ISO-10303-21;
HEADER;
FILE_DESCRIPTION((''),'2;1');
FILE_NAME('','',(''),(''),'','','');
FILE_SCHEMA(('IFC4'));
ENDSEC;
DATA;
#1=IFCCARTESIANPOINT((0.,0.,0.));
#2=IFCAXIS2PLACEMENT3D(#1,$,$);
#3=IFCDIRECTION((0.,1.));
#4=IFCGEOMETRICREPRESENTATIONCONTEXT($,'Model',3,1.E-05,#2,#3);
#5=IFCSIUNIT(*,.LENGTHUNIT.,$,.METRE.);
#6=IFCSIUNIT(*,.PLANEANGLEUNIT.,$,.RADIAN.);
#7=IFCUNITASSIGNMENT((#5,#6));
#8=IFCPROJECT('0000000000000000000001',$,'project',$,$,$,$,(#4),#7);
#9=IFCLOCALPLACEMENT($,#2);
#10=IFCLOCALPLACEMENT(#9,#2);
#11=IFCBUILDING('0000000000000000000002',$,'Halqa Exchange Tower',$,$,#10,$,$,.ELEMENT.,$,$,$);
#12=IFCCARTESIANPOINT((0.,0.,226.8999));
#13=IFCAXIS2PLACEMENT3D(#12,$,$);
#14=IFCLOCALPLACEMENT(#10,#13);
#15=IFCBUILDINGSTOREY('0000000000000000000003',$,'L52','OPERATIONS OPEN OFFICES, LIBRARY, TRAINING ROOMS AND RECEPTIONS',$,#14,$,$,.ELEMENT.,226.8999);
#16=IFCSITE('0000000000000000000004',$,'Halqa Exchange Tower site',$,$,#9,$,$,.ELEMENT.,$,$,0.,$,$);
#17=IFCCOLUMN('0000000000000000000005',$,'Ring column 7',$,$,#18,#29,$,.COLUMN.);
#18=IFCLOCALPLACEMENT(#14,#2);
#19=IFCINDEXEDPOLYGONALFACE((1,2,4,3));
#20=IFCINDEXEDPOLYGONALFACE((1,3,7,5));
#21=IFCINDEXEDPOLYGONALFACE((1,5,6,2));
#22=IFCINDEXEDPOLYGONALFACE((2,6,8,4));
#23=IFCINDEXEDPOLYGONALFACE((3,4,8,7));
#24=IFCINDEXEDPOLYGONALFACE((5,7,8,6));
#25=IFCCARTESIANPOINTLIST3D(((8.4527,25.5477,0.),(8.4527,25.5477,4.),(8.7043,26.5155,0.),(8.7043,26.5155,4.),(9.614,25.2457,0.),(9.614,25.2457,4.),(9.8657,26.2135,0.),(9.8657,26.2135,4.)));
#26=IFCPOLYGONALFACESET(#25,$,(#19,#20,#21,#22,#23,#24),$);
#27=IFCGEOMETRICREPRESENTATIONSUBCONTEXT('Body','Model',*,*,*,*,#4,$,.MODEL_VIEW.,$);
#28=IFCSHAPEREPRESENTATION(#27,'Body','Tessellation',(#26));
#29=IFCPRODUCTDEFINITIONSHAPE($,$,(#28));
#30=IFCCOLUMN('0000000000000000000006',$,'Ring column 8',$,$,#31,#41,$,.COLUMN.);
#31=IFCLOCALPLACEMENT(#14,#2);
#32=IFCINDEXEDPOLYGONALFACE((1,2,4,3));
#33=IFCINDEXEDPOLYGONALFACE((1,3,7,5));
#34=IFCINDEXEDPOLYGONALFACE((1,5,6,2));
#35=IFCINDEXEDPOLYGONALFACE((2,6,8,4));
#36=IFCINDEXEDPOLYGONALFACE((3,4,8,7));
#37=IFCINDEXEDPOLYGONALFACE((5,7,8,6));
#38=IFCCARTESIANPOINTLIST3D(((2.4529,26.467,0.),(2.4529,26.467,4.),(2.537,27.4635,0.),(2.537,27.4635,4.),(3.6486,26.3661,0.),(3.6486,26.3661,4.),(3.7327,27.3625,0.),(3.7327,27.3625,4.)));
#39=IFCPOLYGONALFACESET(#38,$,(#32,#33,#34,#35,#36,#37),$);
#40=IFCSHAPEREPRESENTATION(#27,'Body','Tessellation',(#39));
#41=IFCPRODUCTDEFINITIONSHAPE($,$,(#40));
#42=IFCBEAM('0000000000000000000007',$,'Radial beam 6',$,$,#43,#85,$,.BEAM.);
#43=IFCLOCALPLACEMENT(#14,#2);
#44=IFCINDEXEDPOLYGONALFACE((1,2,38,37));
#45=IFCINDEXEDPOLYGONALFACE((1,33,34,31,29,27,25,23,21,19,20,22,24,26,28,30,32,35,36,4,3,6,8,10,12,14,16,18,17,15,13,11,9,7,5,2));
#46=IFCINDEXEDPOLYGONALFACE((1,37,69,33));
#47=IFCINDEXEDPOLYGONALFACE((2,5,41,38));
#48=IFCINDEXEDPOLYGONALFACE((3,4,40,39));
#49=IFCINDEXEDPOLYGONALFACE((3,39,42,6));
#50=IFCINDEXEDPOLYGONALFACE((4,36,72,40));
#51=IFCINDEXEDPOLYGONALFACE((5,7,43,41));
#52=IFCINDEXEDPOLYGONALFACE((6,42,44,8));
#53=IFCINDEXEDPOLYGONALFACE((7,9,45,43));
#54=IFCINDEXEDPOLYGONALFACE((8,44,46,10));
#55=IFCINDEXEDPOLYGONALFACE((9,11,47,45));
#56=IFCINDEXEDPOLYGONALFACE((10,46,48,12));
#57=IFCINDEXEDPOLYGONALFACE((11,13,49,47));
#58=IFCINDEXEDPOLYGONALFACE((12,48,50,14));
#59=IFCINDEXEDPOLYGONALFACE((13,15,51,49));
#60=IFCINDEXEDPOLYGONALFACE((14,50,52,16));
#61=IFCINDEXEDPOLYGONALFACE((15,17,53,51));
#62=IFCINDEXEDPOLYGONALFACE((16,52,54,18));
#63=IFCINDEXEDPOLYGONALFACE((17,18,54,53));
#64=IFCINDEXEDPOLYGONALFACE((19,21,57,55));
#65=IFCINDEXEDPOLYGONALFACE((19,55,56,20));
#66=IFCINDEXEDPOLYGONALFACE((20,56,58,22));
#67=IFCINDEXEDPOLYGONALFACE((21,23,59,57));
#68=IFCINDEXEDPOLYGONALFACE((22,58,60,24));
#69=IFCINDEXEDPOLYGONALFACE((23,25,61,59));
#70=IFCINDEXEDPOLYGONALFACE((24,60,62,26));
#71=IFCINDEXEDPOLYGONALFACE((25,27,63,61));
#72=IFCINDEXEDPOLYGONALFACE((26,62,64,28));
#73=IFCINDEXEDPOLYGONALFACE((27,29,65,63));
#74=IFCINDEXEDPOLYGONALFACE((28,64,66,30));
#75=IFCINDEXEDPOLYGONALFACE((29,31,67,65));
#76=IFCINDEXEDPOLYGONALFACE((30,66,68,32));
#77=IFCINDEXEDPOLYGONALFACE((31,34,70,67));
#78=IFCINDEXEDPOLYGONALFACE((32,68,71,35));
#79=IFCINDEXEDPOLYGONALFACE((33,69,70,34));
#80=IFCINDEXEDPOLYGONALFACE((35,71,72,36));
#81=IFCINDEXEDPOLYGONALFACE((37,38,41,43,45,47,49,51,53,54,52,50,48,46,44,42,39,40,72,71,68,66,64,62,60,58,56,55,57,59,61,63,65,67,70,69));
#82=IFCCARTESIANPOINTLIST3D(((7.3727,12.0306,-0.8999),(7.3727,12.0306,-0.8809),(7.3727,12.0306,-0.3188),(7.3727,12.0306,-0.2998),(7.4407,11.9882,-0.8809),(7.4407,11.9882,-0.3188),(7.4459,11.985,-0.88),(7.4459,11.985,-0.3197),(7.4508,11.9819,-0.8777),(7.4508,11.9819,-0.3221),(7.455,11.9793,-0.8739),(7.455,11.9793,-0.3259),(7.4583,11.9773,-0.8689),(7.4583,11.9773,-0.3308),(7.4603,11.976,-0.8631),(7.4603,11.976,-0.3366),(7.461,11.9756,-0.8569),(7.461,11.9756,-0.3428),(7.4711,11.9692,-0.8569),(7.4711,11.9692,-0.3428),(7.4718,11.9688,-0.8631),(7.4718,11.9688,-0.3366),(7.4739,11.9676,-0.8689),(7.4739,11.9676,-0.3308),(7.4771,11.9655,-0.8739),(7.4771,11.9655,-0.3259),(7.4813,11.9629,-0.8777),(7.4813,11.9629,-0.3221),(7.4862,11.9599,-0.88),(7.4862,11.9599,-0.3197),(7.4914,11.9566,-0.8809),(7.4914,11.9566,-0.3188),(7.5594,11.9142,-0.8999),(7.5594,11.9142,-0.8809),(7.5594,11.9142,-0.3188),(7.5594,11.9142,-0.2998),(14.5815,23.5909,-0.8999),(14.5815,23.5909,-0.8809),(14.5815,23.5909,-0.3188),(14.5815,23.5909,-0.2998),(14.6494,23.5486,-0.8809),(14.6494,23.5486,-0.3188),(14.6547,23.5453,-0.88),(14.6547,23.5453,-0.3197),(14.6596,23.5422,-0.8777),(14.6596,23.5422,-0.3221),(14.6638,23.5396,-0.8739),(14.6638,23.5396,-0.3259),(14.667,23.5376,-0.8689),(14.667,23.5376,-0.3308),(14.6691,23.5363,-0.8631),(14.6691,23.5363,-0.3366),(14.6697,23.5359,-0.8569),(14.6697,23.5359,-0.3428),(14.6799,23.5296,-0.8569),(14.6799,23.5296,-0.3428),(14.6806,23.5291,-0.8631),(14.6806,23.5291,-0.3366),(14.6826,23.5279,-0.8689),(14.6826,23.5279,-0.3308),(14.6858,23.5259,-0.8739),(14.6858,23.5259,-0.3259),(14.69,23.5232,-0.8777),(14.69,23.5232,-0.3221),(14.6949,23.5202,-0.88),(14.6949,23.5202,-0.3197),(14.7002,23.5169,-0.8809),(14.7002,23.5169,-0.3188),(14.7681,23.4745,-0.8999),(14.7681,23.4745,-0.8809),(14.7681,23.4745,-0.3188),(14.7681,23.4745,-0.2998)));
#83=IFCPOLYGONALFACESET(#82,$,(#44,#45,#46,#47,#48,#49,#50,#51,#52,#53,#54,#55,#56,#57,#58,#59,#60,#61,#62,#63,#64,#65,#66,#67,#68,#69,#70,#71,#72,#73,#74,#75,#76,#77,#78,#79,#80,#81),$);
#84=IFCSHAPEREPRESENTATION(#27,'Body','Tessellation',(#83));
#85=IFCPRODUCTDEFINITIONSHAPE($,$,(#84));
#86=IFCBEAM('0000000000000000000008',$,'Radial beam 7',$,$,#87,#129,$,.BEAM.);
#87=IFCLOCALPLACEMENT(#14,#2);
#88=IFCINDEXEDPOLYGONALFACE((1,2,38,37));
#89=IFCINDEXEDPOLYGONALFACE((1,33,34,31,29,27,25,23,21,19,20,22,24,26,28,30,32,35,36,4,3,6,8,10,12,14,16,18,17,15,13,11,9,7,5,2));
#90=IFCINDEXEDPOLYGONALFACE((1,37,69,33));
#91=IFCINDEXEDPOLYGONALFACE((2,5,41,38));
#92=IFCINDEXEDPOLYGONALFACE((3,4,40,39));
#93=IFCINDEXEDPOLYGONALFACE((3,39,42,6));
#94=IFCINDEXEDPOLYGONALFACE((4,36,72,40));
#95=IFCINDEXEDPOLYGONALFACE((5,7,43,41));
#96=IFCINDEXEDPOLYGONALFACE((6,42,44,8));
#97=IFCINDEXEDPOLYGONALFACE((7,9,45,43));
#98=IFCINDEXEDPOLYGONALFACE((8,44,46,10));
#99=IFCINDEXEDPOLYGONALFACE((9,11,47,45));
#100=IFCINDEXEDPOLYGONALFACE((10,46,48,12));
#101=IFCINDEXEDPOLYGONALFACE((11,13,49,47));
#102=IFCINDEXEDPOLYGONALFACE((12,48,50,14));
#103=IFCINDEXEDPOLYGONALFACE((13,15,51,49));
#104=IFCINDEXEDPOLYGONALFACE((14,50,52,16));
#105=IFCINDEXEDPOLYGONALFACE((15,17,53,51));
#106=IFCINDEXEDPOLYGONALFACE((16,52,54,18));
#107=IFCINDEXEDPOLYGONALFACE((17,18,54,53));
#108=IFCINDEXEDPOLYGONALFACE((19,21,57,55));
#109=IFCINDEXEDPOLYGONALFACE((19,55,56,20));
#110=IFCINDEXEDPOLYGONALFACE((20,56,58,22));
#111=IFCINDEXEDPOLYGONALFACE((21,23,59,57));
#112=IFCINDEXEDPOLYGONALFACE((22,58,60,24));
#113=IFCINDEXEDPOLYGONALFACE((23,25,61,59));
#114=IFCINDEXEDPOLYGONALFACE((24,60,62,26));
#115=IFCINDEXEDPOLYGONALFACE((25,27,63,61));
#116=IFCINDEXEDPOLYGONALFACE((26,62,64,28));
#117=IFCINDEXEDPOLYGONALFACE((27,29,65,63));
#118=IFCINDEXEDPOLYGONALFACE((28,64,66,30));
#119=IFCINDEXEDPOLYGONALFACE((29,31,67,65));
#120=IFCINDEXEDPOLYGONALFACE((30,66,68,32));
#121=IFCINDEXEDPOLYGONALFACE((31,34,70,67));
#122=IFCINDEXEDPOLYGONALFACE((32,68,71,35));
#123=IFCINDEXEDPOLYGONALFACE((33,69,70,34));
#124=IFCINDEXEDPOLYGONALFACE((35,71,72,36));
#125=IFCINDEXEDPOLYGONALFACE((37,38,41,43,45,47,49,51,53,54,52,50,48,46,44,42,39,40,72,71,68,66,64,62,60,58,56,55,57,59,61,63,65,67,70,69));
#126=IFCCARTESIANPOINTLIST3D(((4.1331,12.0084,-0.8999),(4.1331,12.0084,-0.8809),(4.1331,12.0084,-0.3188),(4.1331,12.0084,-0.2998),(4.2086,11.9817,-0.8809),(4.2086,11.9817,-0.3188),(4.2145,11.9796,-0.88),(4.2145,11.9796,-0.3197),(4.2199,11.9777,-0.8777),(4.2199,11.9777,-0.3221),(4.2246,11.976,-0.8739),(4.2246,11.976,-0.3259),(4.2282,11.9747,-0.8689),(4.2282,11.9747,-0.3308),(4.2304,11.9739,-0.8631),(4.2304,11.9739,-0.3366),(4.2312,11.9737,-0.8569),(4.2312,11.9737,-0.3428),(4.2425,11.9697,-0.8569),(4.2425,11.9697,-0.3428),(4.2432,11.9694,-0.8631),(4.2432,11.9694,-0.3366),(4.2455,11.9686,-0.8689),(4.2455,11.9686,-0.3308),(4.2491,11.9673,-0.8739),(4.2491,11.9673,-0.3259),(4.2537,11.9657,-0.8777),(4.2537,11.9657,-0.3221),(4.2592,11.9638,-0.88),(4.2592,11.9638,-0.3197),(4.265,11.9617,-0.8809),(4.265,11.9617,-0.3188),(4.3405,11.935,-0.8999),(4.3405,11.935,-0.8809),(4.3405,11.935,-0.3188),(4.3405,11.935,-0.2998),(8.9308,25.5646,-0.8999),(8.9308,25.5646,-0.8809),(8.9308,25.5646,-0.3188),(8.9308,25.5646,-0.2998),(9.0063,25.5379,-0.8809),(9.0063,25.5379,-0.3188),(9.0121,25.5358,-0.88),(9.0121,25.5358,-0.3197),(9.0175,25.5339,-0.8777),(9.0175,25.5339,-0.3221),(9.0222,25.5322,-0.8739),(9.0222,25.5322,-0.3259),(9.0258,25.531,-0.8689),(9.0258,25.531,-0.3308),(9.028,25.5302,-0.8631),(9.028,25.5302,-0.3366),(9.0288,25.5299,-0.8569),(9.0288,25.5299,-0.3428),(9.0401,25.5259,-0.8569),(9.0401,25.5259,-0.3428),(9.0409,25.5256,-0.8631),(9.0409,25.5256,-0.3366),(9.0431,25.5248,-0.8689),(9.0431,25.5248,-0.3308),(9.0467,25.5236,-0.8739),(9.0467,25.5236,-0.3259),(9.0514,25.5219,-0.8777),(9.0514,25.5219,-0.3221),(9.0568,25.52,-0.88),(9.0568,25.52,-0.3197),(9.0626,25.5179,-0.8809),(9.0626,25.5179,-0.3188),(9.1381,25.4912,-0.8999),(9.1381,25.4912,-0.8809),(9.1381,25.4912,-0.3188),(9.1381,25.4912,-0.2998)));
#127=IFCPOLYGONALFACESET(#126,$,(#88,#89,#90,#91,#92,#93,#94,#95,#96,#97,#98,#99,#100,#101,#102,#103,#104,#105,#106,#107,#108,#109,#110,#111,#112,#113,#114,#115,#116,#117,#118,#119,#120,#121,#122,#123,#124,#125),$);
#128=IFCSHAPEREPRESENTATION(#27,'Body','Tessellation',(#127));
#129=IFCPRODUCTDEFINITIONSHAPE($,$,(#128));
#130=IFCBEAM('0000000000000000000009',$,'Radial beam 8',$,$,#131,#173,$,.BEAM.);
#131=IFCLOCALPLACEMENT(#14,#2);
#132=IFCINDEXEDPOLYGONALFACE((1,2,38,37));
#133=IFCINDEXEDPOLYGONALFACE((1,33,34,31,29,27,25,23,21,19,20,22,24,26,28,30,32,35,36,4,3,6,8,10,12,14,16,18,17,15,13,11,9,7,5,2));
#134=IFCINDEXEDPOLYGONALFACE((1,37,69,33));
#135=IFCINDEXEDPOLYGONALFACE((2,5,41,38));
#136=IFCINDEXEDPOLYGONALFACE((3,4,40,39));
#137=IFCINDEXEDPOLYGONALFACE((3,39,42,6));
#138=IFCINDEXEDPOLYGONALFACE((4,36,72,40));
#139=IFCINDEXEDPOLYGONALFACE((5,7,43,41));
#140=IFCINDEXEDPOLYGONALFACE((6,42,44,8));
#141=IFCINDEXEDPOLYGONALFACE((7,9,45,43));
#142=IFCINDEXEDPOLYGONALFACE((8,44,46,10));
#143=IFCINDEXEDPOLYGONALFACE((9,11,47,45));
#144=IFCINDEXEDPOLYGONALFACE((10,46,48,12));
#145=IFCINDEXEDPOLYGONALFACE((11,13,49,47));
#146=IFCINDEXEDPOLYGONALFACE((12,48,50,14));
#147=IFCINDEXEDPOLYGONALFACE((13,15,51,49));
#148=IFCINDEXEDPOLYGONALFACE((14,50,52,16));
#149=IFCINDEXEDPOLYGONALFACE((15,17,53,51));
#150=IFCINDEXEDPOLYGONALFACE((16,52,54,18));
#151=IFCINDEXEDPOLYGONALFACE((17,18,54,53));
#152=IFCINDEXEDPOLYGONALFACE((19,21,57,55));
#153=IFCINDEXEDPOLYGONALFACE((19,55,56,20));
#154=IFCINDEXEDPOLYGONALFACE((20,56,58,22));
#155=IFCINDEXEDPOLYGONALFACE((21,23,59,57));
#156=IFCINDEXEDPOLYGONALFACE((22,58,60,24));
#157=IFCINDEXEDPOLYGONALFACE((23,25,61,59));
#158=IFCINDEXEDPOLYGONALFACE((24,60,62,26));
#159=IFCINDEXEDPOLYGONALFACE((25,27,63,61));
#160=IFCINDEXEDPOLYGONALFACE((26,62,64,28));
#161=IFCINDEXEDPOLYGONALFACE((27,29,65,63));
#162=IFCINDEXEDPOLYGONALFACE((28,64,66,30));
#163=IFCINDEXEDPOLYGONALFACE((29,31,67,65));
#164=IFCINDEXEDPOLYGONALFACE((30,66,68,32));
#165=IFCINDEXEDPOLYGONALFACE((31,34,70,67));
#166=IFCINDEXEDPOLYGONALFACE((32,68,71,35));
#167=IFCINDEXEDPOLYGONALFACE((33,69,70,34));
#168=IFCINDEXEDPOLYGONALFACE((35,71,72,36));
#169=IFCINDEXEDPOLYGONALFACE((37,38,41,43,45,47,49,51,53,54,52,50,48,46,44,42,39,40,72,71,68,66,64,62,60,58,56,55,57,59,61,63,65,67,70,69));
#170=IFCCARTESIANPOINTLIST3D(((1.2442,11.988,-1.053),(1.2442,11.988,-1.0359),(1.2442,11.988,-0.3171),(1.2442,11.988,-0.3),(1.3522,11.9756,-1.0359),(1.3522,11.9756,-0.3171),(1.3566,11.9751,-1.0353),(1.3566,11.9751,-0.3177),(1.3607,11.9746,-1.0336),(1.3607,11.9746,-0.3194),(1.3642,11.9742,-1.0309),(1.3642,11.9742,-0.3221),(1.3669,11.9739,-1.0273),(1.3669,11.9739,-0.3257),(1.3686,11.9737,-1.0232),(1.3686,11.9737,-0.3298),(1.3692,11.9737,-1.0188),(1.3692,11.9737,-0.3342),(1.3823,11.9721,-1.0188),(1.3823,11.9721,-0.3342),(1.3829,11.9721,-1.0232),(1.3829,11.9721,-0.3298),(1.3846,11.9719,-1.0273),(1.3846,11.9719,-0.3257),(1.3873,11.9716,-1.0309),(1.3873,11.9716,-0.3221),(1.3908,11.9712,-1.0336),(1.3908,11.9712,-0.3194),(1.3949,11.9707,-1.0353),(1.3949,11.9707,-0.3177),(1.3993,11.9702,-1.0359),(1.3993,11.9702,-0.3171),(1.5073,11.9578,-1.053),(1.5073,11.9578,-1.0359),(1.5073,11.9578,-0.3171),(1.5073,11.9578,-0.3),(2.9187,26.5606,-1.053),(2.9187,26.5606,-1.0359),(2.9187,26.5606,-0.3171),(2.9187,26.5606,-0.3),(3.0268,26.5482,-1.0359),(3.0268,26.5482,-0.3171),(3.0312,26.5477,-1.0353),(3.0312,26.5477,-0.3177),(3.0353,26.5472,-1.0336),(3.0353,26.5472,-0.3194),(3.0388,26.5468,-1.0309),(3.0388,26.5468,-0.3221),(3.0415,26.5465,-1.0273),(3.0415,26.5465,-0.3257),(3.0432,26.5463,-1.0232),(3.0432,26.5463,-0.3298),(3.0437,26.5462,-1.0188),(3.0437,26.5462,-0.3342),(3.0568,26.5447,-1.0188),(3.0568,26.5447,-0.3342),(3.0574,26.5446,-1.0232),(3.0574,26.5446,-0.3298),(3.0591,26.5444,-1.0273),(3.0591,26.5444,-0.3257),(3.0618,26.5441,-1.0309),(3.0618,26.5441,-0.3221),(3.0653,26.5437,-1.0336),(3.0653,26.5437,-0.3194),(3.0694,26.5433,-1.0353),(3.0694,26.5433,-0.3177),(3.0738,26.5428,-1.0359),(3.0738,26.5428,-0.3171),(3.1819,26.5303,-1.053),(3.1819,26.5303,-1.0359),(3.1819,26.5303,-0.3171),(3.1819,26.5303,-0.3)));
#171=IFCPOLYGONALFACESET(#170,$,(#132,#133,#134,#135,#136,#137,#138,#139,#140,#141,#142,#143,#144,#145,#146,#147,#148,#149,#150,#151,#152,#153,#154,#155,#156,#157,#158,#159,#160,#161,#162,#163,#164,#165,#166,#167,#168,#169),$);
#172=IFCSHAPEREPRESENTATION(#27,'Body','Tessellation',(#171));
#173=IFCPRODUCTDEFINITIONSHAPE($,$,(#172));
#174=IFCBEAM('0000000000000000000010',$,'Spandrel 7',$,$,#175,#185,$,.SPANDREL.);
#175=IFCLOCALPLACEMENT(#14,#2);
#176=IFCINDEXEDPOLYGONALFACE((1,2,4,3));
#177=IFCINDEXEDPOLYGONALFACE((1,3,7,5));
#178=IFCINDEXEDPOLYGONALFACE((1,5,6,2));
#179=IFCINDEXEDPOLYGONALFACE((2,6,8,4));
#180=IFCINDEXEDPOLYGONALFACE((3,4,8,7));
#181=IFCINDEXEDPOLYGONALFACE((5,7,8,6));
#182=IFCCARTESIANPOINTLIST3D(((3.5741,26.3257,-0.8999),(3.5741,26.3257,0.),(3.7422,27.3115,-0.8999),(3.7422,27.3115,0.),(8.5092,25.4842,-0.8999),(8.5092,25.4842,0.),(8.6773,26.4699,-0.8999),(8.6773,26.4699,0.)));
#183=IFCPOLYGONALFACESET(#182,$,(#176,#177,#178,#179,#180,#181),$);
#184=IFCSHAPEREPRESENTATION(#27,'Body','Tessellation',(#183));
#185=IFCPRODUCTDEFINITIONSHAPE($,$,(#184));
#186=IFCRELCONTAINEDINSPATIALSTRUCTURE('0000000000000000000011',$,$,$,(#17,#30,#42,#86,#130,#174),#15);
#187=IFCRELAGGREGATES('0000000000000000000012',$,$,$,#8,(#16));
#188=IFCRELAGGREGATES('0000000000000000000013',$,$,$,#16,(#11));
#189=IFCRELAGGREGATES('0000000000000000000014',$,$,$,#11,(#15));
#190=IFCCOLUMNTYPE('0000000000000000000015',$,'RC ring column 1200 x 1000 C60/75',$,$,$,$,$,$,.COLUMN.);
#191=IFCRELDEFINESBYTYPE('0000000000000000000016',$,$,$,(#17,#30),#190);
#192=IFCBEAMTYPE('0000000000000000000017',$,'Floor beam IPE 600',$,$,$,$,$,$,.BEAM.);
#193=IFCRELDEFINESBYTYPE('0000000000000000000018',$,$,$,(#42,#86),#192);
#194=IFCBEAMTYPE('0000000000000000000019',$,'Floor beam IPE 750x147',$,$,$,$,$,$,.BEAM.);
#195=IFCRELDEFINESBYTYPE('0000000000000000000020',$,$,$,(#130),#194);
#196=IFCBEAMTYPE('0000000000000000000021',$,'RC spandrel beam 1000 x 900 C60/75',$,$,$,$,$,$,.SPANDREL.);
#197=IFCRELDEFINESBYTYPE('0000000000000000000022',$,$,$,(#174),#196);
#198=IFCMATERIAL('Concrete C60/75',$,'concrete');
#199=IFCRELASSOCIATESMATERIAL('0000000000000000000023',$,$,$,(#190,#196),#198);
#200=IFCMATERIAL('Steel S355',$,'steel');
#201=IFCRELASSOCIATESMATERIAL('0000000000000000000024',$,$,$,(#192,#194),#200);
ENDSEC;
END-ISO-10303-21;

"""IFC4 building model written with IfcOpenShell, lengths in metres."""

from ifc_helpers import new_model, si_unit, direction, frame, origin, origin_2d, place, context, subcontext, project, spatial, rectangle, i_section, extrude, material, material_profile, profile_set, type_object, element, save


model = new_model("IFC4")

# Units and contexts
model_context = context("Model", 3, precision=1e-05, world=origin(), true_north=direction((0.0, 1.0)))
body_context = subcontext(model_context, "Body", "Model", "MODEL_VIEW")
ifc_project = project(units=[si_unit("LENGTHUNIT", "METRE"), si_unit("PLANEANGLEUNIT", "RADIAN")], contexts=[model_context])

# Site, building, storey
site_placement = place(None, origin())
site = spatial("IfcSite", under=ifc_project, at=site_placement, Name="Halqa Exchange Tower site", CompositionType="ELEMENT", RefElevation=0.0)
building_placement = place(site_placement, origin())
building = spatial("IfcBuilding", under=site, at=building_placement, Name="Halqa Exchange Tower", CompositionType="ELEMENT")
storey_placement = place(building_placement, frame((0.0, 0.0, 226.8999)))
storey = spatial("IfcBuildingStorey", under=building, at=storey_placement, Name="L52", Description="OPERATIONS OPEN OFFICES, LIBRARY, TRAINING ROOMS AND RECEPTIONS", CompositionType="ELEMENT", Elevation=226.8999)

# Columns
ifc_material_1 = material(Name="Concrete C60/75", Category="concrete")
ifc_material_profile_1 = material_profile(ifc_material_1, rectangle(XDim=1.2, YDim=1.0, at=origin_2d()), Name="1200 x 1000")
ifc_profile_set_1 = profile_set([ifc_material_profile_1], Name="Concrete C60/75")
column_type = type_object("IfcColumnType", Name="RC ring column 1200 x 1000 C60/75", PredefinedType="COLUMN", material=ifc_profile_set_1)
for number, where, z_axis, x_axis, name in (
    (1, (9.1592, 25.8806, 0.0), (0.0, 0.0, 1.0), (-0.967818, 0.25165, 0.0), "Ring column 7"),
    (2, (3.0928, 26.9148, 0.0), (0.0, 0.0, 1.0), (-0.996455, 0.084128, 0.0), "Ring column 8"),
):
    element("IfcColumn", number, at=place(storey_placement, frame(where, z_axis=z_axis, x_axis=x_axis)), inside=storey, type_object=column_type, Name=name, PredefinedType="COLUMN", context=body_context, shape_type="SweptSolid", body=[
        extrude(rectangle(XDim=1.2, YDim=1.0, at=origin_2d()), origin(), (0.0, 0.0, 1.0), 4.0),
    ])

# Beams
ifc_material_2 = material(Name="Steel S355", Category="steel")
ifc_material_profile_2 = material_profile(ifc_material_2, i_section(OverallWidth=0.22, OverallDepth=0.6001, WebThickness=0.012, FlangeThickness=0.019, FilletRadius=0.0239, at=origin_2d()), Name="IPE 600")
ifc_profile_set_2 = profile_set([ifc_material_profile_2], Name="Steel S355")
beam_type_1 = type_object("IfcBeamType", Name="Floor beam IPE 600", PredefinedType="BEAM", material=ifc_profile_set_2)
beam_1_placement = place(storey_placement, frame((7.4661, 11.9724, -0.5999), z_axis=(0.52913, 0.848541, 0.0), x_axis=(-0.848541, 0.52913, 0.0)))
element("IfcBeam", 3, at=beam_1_placement, inside=storey, type_object=beam_type_1, Name="Radial beam 6", PredefinedType="BEAM", context=body_context, shape_type="SweptSolid", body=[
    extrude(i_section(OverallWidth=0.22, OverallDepth=0.6001, WebThickness=0.012, FlangeThickness=0.019, FilletRadius=0.0239, at=origin_2d()), origin(), (0.0, 0.0, 1.0), 13.6238),
])
beam_2_placement = place(storey_placement, frame((4.2368, 11.9717, -0.5999), z_axis=(0.333629, 0.942704, 0.0), x_axis=(-0.942704, 0.333629, 0.0)))
element("IfcBeam", 4, at=beam_2_placement, inside=storey, type_object=beam_type_1, Name="Radial beam 7", PredefinedType="BEAM", context=body_context, shape_type="SweptSolid", body=[
    extrude(i_section(OverallWidth=0.22, OverallDepth=0.6001, WebThickness=0.012, FlangeThickness=0.019, FilletRadius=0.0239, at=origin_2d()), origin(), (0.0, 0.0, 1.0), 14.3801),
])
ifc_material_profile_3 = material_profile(ifc_material_2, i_section(OverallWidth=0.2649, OverallDepth=0.7529, WebThickness=0.0132, FlangeThickness=0.0171, FilletRadius=0.0171, at=origin_2d()), Name="IPE 750x147")
ifc_profile_set_3 = profile_set([ifc_material_profile_3], Name="Steel S355")
beam_type_2 = type_object("IfcBeamType", Name="Floor beam IPE 750x147", PredefinedType="BEAM", material=ifc_profile_set_3)
beam_3_placement = place(storey_placement, frame((1.3757, 11.9729, -0.6765), z_axis=(0.114161, 0.993462, 0.0), x_axis=(-0.993462, 0.114161, 0.0)))
element("IfcBeam", 5, at=beam_3_placement, inside=storey, type_object=beam_type_2, Name="Radial beam 8", PredefinedType="BEAM", context=body_context, shape_type="SweptSolid", body=[
    extrude(i_section(OverallWidth=0.2649, OverallDepth=0.7529, WebThickness=0.0132, FlangeThickness=0.0171, FilletRadius=0.0171, at=origin_2d()), origin(), (0.0, 0.0, 1.0), 14.6685),
])
ifc_material_profile_4 = material_profile(ifc_material_1, rectangle(XDim=1.0, YDim=0.8999, at=origin_2d()), Name="1000 x 900")
ifc_profile_set_4 = profile_set([ifc_material_profile_4], Name="Concrete C60/75")
beam_type_3 = type_object("IfcBeamType", Name="RC spandrel beam 1000 x 900 C60/75", PredefinedType="SPANDREL", material=ifc_profile_set_4)
beam_4_placement = place(storey_placement, frame((8.5933, 25.9771, -0.45), z_axis=(-0.98577, 0.168099, 0.0), x_axis=(-0.168099, -0.98577, 0.0)))
element("IfcBeam", 6, at=beam_4_placement, inside=storey, type_object=beam_type_3, Name="Spandrel 7", PredefinedType="SPANDREL", context=body_context, shape_type="SweptSolid", body=[
    extrude(rectangle(XDim=1.0, YDim=0.8999, at=origin_2d()), origin(), (0.0, 0.0, 1.0), 5.0063),
])

save(model, "model.ifc")
